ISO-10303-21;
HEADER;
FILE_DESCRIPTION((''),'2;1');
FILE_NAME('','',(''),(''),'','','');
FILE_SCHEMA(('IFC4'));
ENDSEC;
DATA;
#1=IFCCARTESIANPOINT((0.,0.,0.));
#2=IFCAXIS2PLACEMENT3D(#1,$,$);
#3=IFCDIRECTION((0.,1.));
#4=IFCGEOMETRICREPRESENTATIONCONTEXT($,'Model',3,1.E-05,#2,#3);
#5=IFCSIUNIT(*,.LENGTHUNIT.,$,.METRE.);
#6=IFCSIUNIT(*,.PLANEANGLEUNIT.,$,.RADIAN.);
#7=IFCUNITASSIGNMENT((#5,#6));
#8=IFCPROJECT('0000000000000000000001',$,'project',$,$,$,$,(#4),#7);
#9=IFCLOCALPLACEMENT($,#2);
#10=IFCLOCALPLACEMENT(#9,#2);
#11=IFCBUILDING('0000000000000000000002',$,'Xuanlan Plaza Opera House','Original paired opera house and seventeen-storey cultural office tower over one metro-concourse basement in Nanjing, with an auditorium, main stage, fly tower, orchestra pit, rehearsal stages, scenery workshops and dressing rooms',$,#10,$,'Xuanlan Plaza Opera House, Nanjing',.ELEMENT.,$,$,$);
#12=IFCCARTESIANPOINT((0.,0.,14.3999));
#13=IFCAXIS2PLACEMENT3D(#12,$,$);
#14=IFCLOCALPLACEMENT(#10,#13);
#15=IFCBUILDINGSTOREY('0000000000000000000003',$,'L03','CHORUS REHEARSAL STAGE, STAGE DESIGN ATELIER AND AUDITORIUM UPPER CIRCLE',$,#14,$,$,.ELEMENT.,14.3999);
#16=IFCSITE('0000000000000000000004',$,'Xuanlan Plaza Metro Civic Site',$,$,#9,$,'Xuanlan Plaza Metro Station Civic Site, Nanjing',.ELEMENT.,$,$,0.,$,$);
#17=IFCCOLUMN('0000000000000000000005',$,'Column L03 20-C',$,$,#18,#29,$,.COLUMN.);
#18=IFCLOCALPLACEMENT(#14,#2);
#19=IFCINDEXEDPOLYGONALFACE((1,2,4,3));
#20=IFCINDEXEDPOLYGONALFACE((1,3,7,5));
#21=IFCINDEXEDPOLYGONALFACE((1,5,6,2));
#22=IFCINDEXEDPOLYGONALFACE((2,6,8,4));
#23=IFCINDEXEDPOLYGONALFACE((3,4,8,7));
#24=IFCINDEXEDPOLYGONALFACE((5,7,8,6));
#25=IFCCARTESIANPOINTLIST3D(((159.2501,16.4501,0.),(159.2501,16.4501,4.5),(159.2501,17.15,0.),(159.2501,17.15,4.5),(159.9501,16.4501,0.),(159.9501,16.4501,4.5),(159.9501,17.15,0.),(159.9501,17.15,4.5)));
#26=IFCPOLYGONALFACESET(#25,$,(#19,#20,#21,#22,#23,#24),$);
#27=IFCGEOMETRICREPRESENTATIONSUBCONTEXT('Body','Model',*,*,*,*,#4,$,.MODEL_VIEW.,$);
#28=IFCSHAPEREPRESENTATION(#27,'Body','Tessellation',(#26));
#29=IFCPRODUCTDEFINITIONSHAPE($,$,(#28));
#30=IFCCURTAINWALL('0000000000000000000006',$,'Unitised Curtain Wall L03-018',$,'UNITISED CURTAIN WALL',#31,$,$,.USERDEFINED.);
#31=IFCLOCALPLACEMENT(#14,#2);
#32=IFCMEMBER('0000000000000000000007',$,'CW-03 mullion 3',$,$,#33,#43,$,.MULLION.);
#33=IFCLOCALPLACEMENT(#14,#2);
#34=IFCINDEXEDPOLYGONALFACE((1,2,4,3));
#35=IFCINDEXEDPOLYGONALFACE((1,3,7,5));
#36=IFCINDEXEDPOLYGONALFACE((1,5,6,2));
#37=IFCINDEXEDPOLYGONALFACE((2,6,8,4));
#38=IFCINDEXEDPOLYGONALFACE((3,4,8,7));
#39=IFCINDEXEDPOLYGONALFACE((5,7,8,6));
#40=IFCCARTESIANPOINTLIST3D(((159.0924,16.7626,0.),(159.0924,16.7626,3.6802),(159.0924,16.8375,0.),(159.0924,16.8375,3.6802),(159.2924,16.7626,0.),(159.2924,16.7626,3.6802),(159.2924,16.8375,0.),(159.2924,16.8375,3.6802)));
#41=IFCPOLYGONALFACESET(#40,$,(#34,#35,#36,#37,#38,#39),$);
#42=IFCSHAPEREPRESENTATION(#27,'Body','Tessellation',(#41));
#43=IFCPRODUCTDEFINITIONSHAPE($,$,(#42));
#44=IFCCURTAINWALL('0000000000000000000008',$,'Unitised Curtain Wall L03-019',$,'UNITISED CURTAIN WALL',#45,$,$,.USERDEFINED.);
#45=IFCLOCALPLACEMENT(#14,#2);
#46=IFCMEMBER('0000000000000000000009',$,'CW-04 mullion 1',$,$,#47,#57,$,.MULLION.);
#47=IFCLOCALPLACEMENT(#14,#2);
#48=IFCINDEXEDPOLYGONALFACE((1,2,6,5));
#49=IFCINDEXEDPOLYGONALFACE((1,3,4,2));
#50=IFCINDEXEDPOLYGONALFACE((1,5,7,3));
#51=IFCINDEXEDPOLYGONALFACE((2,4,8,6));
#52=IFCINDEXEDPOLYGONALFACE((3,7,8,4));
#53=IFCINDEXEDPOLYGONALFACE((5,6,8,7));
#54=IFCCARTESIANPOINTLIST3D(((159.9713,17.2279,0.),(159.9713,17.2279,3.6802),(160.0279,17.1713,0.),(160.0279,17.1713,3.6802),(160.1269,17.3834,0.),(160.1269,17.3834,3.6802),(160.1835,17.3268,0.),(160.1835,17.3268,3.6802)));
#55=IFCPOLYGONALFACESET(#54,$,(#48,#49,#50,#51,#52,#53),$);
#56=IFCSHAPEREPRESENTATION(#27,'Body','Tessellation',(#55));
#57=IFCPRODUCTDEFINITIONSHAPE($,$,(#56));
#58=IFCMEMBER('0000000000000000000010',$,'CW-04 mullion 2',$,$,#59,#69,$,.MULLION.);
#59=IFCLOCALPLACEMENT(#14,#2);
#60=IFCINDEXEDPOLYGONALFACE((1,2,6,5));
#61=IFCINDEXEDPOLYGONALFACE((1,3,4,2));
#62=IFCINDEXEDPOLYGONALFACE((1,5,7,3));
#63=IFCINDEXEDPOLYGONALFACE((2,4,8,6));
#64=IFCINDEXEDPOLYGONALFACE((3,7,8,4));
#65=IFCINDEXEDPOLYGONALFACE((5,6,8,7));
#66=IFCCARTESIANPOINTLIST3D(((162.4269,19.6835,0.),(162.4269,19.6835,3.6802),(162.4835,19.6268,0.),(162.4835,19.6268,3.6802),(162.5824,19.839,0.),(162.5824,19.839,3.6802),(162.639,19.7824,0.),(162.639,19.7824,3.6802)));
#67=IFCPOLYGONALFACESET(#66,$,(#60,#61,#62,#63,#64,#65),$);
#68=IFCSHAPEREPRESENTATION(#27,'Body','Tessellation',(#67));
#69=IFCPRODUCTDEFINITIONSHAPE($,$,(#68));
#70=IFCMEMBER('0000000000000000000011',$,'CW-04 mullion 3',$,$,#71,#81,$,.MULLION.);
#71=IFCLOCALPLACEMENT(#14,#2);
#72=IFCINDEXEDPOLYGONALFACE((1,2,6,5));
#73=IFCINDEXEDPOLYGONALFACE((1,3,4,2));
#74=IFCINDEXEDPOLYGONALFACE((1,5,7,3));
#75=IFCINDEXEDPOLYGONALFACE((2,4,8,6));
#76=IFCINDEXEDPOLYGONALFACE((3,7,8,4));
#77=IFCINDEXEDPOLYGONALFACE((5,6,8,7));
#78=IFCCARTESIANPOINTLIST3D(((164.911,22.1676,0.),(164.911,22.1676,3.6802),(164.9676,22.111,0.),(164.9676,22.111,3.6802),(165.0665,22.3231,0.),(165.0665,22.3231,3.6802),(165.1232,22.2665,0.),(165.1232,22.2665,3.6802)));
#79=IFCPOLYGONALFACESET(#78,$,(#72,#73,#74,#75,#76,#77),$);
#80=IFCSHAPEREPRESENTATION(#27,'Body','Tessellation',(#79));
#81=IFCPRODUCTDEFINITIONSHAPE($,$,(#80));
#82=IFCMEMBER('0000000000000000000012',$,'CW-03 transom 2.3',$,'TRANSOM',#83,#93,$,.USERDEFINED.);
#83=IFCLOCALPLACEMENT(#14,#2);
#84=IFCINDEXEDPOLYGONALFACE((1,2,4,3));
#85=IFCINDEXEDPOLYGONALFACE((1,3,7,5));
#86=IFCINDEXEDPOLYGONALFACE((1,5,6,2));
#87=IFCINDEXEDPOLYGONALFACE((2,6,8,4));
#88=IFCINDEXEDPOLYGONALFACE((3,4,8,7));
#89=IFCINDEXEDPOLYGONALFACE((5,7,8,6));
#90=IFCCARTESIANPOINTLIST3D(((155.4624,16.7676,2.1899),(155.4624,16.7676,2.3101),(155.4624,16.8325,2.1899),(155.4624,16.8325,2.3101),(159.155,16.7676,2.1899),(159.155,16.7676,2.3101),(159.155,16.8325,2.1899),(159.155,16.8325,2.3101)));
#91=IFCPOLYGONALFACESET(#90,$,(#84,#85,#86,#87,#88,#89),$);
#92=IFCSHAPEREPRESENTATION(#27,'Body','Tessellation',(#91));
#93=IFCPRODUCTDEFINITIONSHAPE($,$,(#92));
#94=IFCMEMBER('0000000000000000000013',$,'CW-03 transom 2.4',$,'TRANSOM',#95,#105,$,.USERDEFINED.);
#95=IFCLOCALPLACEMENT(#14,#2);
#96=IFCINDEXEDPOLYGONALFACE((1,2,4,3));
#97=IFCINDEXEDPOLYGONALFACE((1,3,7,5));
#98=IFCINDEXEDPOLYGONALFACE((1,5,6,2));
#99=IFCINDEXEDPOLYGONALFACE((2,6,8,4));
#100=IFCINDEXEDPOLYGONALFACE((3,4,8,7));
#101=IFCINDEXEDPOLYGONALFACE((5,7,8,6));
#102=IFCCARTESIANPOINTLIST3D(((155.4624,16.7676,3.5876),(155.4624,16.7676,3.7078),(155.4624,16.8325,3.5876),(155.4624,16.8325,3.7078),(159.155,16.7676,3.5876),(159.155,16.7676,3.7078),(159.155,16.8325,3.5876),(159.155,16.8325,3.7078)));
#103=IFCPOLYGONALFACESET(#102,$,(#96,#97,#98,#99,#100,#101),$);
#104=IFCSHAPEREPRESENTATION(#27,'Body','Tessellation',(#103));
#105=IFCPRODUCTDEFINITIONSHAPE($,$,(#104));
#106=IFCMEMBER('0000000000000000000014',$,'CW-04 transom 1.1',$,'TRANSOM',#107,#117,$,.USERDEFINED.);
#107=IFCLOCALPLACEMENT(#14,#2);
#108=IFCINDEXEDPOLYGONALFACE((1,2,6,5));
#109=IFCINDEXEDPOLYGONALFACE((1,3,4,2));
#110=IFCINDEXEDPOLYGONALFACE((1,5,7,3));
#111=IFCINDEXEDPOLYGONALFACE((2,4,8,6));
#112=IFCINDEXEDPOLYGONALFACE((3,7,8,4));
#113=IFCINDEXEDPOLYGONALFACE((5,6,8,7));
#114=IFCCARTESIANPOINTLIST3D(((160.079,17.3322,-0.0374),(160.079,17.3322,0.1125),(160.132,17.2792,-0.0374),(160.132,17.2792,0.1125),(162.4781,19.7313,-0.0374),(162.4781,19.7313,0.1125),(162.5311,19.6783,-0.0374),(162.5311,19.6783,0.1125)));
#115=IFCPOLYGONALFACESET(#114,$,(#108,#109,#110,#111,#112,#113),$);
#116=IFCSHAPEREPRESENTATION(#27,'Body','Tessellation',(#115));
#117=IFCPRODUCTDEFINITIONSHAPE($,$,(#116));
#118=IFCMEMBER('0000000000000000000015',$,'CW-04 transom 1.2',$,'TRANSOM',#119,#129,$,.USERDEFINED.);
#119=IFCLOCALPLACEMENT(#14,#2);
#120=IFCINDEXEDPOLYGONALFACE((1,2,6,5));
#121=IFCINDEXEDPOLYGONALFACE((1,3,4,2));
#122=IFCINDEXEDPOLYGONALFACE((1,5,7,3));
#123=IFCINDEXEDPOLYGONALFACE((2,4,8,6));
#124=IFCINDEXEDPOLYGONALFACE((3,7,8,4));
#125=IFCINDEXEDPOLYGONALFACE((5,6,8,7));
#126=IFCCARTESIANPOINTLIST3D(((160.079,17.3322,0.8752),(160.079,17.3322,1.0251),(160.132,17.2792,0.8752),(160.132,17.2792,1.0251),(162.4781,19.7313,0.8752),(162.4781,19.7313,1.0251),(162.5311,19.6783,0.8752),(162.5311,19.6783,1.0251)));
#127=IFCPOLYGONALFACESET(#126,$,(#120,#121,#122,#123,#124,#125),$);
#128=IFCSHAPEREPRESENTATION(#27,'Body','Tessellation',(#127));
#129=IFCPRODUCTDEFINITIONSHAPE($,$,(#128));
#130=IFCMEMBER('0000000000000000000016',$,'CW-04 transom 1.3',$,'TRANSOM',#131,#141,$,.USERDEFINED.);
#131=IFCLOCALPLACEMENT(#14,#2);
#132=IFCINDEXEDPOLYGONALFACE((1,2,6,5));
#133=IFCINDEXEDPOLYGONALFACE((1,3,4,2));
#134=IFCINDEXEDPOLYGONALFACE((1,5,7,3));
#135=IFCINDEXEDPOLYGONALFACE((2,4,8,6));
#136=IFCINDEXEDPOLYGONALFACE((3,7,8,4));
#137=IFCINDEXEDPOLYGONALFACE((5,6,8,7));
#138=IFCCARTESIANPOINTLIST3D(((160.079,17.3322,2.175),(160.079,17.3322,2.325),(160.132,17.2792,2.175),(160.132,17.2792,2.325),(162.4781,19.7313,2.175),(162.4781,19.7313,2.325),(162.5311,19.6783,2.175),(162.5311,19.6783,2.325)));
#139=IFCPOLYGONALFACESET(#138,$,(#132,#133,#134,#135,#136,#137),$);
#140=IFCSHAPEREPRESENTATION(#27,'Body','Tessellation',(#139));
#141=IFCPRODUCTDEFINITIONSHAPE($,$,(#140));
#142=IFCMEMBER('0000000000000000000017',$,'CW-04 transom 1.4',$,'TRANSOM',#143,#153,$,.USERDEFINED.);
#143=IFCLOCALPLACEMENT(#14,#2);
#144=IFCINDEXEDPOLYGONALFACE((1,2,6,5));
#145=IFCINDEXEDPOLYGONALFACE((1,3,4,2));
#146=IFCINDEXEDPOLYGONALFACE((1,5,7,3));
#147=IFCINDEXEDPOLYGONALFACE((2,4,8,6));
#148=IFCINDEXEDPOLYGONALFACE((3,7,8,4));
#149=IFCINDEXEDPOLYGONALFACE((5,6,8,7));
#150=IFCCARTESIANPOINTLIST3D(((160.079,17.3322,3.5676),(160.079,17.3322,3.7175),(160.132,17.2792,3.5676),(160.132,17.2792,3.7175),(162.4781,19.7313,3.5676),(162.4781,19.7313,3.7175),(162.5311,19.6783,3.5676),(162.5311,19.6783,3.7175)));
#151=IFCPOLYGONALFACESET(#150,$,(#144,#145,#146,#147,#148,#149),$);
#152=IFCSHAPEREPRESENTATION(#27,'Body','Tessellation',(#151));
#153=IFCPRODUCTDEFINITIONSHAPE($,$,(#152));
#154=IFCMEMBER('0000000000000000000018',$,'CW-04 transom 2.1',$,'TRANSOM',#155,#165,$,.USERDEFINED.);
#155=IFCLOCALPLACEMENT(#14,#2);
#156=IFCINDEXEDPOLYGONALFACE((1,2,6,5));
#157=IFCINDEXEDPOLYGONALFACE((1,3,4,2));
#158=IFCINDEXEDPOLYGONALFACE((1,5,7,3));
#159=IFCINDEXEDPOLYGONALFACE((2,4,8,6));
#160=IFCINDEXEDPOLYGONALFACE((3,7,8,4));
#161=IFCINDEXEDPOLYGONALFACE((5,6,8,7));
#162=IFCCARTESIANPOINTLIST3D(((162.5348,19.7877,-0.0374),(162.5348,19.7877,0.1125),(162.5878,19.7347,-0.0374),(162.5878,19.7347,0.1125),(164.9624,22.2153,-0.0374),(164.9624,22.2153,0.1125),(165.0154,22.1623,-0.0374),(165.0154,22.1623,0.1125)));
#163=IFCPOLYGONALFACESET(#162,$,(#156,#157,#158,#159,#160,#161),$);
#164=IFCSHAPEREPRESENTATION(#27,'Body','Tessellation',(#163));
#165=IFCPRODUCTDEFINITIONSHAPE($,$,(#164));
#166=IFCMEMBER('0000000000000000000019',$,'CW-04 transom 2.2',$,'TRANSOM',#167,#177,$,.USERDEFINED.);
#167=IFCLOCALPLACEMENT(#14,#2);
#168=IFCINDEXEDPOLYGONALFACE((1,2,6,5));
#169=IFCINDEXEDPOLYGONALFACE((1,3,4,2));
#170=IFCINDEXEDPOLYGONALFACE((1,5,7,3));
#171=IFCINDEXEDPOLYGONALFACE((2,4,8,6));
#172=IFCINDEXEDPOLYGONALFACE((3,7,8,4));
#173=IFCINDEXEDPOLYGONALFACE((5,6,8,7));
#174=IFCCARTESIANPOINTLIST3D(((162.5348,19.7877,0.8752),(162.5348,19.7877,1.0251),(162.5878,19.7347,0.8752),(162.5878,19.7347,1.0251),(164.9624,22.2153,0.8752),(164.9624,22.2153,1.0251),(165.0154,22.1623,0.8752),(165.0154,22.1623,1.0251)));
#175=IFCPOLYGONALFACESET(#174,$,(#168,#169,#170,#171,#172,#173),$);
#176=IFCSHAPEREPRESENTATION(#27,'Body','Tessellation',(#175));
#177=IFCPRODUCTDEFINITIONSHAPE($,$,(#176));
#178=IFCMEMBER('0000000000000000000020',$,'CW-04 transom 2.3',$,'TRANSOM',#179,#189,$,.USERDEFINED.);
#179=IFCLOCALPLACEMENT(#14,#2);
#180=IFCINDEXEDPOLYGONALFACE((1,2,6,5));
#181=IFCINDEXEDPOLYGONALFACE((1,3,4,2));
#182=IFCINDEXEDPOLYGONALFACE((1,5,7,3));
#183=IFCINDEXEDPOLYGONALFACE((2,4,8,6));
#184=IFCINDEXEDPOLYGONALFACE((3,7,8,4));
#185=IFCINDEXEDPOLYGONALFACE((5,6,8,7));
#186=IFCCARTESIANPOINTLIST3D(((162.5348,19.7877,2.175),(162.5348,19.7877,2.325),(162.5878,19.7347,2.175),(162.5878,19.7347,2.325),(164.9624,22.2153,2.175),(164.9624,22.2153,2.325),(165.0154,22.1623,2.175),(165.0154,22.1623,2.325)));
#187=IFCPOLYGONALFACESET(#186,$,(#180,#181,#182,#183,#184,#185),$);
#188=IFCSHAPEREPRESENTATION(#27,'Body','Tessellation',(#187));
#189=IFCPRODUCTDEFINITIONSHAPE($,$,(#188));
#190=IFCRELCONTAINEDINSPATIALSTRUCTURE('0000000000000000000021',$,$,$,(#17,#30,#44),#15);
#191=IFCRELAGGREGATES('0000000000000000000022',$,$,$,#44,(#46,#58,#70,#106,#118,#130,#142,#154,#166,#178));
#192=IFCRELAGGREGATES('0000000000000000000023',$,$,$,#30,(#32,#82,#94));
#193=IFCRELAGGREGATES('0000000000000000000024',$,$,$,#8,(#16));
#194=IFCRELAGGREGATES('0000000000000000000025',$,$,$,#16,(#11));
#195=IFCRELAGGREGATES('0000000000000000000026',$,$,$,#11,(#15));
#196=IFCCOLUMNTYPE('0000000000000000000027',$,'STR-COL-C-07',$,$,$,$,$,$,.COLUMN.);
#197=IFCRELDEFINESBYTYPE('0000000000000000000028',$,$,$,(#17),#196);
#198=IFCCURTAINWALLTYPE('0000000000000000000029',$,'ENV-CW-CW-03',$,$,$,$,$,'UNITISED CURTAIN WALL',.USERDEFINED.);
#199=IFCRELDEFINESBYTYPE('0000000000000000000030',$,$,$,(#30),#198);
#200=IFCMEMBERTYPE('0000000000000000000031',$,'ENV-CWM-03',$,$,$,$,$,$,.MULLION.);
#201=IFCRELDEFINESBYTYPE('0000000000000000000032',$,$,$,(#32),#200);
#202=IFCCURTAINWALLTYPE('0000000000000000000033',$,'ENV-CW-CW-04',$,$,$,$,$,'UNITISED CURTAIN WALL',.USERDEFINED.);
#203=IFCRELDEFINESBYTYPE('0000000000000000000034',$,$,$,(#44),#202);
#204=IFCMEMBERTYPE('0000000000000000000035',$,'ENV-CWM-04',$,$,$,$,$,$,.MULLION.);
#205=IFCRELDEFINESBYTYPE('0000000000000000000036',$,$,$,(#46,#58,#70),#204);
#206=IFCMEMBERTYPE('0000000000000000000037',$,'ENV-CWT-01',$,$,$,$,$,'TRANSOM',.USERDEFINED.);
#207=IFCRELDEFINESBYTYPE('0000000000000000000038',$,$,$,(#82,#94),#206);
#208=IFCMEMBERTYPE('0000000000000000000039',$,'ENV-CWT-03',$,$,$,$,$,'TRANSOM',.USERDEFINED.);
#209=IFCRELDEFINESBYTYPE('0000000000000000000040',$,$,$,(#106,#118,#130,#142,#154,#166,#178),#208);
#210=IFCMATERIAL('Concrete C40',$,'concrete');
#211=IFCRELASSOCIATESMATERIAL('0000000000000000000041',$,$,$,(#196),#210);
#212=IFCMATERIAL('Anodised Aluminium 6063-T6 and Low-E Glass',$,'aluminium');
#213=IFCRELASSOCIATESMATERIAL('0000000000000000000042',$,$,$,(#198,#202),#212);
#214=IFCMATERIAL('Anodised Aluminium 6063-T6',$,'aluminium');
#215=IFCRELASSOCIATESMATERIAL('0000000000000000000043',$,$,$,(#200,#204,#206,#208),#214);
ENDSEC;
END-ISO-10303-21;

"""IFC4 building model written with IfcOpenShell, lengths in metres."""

from ifc_helpers import new_model, si_unit, direction, frame, origin, origin_2d, place, context, subcontext, project, spatial, rectangle, extrude, material, material_profile, profile_set, type_object, element, aggregate, save


model = new_model("IFC4")

# Units and contexts
model_context = context("Model", 3, precision=1e-05, world=origin(), true_north=direction((0.0, 1.0)))
body_context = subcontext(model_context, "Body", "Model", "MODEL_VIEW")
ifc_project = project(units=[si_unit("LENGTHUNIT", "METRE"), si_unit("PLANEANGLEUNIT", "RADIAN")], contexts=[model_context])

# Site, building, storey
site_placement = place(None, origin())
site = spatial("IfcSite", under=ifc_project, at=site_placement, Name="Xuanlan Plaza Metro Civic Site", LongName="Xuanlan Plaza Metro Station Civic Site, Nanjing", CompositionType="ELEMENT", RefElevation=0.0)
building_placement = place(site_placement, origin())
building = spatial("IfcBuilding", under=site, at=building_placement, Name="Xuanlan Plaza Opera House", Description="Original paired opera house and seventeen-storey cultural office tower over one metro-concourse basement in Nanjing, with an auditorium, main stage, fly tower, orchestra pit, rehearsal stages, scenery workshops and dressing rooms", LongName="Xuanlan Plaza Opera House, Nanjing", CompositionType="ELEMENT")
storey_placement = place(building_placement, frame((0.0, 0.0, 14.3999)))
storey = spatial("IfcBuildingStorey", under=building, at=storey_placement, Name="L03", Description="CHORUS REHEARSAL STAGE, STAGE DESIGN ATELIER AND AUDITORIUM UPPER CIRCLE", CompositionType="ELEMENT", Elevation=14.3999)

# Column
ifc_material_1 = material(Name="Concrete C40", Category="concrete")
ifc_material_profile_1 = material_profile(ifc_material_1, rectangle(XDim=0.7, YDim=0.7, at=origin_2d()), Name="RC-COL 700x700")
ifc_profile_set_1 = profile_set([ifc_material_profile_1], Name="Concrete C40")
column_type = type_object("IfcColumnType", Name="STR-COL-C-07", PredefinedType="COLUMN", material=ifc_profile_set_1)
column_placement = place(storey_placement, frame((159.6001, 16.8, 0.0), z_axis=(0.0, 0.0, 1.0), x_axis=(1.0, 0.0, 0.0)))
element("IfcColumn", 1, at=column_placement, inside=storey, type_object=column_type, Name="Column L03 20-C", PredefinedType="COLUMN", context=body_context, shape_type="SweptSolid", body=[
    extrude(rectangle(XDim=0.7, YDim=0.7, at=origin_2d()), origin(), (0.0, 0.0, 1.0), 4.5),
])

# Curtain wall, member
ifc_material_2 = material(Name="Anodised Aluminium 6063-T6 and Low-E Glass", Category="aluminium")
curtain_wall_type_1 = type_object("IfcCurtainWallType", Name="ENV-CW-CW-03", ElementType="UNITISED CURTAIN WALL", PredefinedType="USERDEFINED", material=ifc_material_2)
curtain_wall_1_placement = place(storey_placement, origin())
curtain_wall_1 = element("IfcCurtainWall", 2, at=curtain_wall_1_placement, inside=storey, type_object=curtain_wall_type_1, Name="Unitised Curtain Wall L03-018", ObjectType="UNITISED CURTAIN WALL", PredefinedType="USERDEFINED")
ifc_material_3 = material(Name="Anodised Aluminium 6063-T6", Category="aluminium")
ifc_material_profile_2 = material_profile(ifc_material_3, rectangle(XDim=0.075, YDim=0.2, at=origin_2d()), Name="ALU-M 75x200")
ifc_profile_set_2 = profile_set([ifc_material_profile_2], Name="Anodised Aluminium 6063-T6")
member_type_1 = type_object("IfcMemberType", Name="ENV-CWM-03", PredefinedType="MULLION", material=ifc_profile_set_2)
member_1_placement = place(storey_placement, frame((159.1924, 16.8, 0.0), z_axis=(0.0, 0.0, 1.0), x_axis=(0.0, 1.0, 0.0)))
member_1 = element("IfcMember", 3, at=member_1_placement, type_object=member_type_1, Name="CW-03 mullion 3", PredefinedType="MULLION", context=body_context, shape_type="SweptSolid", body=[
    extrude(rectangle(XDim=0.075, YDim=0.2, at=origin_2d()), origin(), (0.0, 0.0, 1.0), 3.6802),
])

# Curtain wall, members
curtain_wall_type_2 = type_object("IfcCurtainWallType", Name="ENV-CW-CW-04", ElementType="UNITISED CURTAIN WALL", PredefinedType="USERDEFINED", material=ifc_material_2)
curtain_wall_2_placement = place(storey_placement, origin())
curtain_wall_2 = element("IfcCurtainWall", 4, at=curtain_wall_2_placement, inside=storey, type_object=curtain_wall_type_2, Name="Unitised Curtain Wall L03-019", ObjectType="UNITISED CURTAIN WALL", PredefinedType="USERDEFINED")
ifc_material_profile_3 = material_profile(ifc_material_3, rectangle(XDim=0.0801, YDim=0.22, at=origin_2d()), Name="ALU-M 80x220")
ifc_profile_set_3 = profile_set([ifc_material_profile_3], Name="Anodised Aluminium 6063-T6")
member_type_2 = type_object("IfcMemberType", Name="ENV-CWM-04", PredefinedType="MULLION", material=ifc_profile_set_3)
member_2_placement = place(storey_placement, frame((160.0774, 17.2773, 0.0), z_axis=(0.0, 0.0, 1.0), x_axis=(-0.707107, 0.707107, 0.0)))
member_2 = element("IfcMember", 5, at=member_2_placement, type_object=member_type_2, Name="CW-04 mullion 1", PredefinedType="MULLION", context=body_context, shape_type="SweptSolid", body=[
    extrude(rectangle(XDim=0.0801, YDim=0.22, at=origin_2d()), origin(), (0.0, 0.0, 1.0), 3.6802),
])
member_3_placement = place(storey_placement, frame((162.533, 19.7329, 0.0), z_axis=(0.0, 0.0, 1.0), x_axis=(-0.707107, 0.707107, 0.0)))
member_3 = element("IfcMember", 6, at=member_3_placement, type_object=member_type_2, Name="CW-04 mullion 2", PredefinedType="MULLION", context=body_context, shape_type="SweptSolid", body=[
    extrude(rectangle(XDim=0.0801, YDim=0.22, at=origin_2d()), origin(), (0.0, 0.0, 1.0), 3.6802),
])
member_4_placement = place(storey_placement, frame((165.0171, 22.217, 0.0), z_axis=(0.0, 0.0, 1.0), x_axis=(-0.707107, 0.707107, 0.0)))
member_4 = element("IfcMember", 7, at=member_4_placement, type_object=member_type_2, Name="CW-04 mullion 3", PredefinedType="MULLION", context=body_context, shape_type="SweptSolid", body=[
    extrude(rectangle(XDim=0.0801, YDim=0.22, at=origin_2d()), origin(), (0.0, 0.0, 1.0), 3.6802),
])

# Members
ifc_material_profile_4 = material_profile(ifc_material_3, rectangle(XDim=0.0649, YDim=0.1201, at=origin_2d()), Name="ALU-T 65x120")
ifc_profile_set_4 = profile_set([ifc_material_profile_4], Name="Anodised Aluminium 6063-T6")
member_type_3 = type_object("IfcMemberType", Name="ENV-CWT-01", ElementType="TRANSOM", PredefinedType="USERDEFINED", material=ifc_profile_set_4)
member_5_placement = place(storey_placement, frame((155.4624, 16.8, 2.25), z_axis=(1.0, 0.0, 0.0), x_axis=(0.0, 1.0, 0.0)))
member_5 = element("IfcMember", 8, at=member_5_placement, type_object=member_type_3, Name="CW-03 transom 2.3", ObjectType="TRANSOM", PredefinedType="USERDEFINED", context=body_context, shape_type="SweptSolid", body=[
    extrude(rectangle(XDim=0.0649, YDim=0.1201, at=origin_2d()), origin(), (0.0, 0.0, 1.0), 3.6926),
])
member_6_placement = place(storey_placement, frame((155.4624, 16.8, 3.6477), z_axis=(1.0, 0.0, 0.0), x_axis=(0.0, 1.0, 0.0)))
member_6 = element("IfcMember", 9, at=member_6_placement, type_object=member_type_3, Name="CW-03 transom 2.4", ObjectType="TRANSOM", PredefinedType="USERDEFINED", context=body_context, shape_type="SweptSolid", body=[
    extrude(rectangle(XDim=0.0649, YDim=0.1201, at=origin_2d()), origin(), (0.0, 0.0, 1.0), 3.6926),
])
ifc_material_profile_5 = material_profile(ifc_material_3, rectangle(XDim=0.075, YDim=0.1499, at=origin_2d()), Name="ALU-T 75x150")
ifc_profile_set_5 = profile_set([ifc_material_profile_5], Name="Anodised Aluminium 6063-T6")
member_type_4 = type_object("IfcMemberType", Name="ENV-CWT-03", ElementType="TRANSOM", PredefinedType="USERDEFINED", material=ifc_profile_set_5)
member_7_placement = place(storey_placement, frame((160.1055, 17.3057, 0.0376), z_axis=(0.707107, 0.707107, 0.0), x_axis=(-0.707107, 0.707107, 0.0)))
member_7 = element("IfcMember", 10, at=member_7_placement, type_object=member_type_4, Name="CW-04 transom 1.1", ObjectType="TRANSOM", PredefinedType="USERDEFINED", context=body_context, shape_type="SweptSolid", body=[
    extrude(rectangle(XDim=0.075, YDim=0.1499, at=origin_2d()), origin(), (0.0, 0.0, 1.0), 3.3928),
])
member_8_placement = place(storey_placement, frame((160.1055, 17.3057, 0.9502), z_axis=(0.707107, 0.707107, 0.0), x_axis=(-0.707107, 0.707107, 0.0)))
member_8 = element("IfcMember", 11, at=member_8_placement, type_object=member_type_4, Name="CW-04 transom 1.2", ObjectType="TRANSOM", PredefinedType="USERDEFINED", context=body_context, shape_type="SweptSolid", body=[
    extrude(rectangle(XDim=0.075, YDim=0.1499, at=origin_2d()), origin(), (0.0, 0.0, 1.0), 3.3928),
])
member_9_placement = place(storey_placement, frame((160.1055, 17.3057, 2.25), z_axis=(0.707107, 0.707107, 0.0), x_axis=(-0.707107, 0.707107, 0.0)))
member_9 = element("IfcMember", 12, at=member_9_placement, type_object=member_type_4, Name="CW-04 transom 1.3", ObjectType="TRANSOM", PredefinedType="USERDEFINED", context=body_context, shape_type="SweptSolid", body=[
    extrude(rectangle(XDim=0.075, YDim=0.1499, at=origin_2d()), origin(), (0.0, 0.0, 1.0), 3.3928),
])
member_10_placement = place(storey_placement, frame((160.1055, 17.3057, 3.6426), z_axis=(0.707107, 0.707107, 0.0), x_axis=(-0.707107, 0.707107, 0.0)))
member_10 = element("IfcMember", 13, at=member_10_placement, type_object=member_type_4, Name="CW-04 transom 1.4", ObjectType="TRANSOM", PredefinedType="USERDEFINED", context=body_context, shape_type="SweptSolid", body=[
    extrude(rectangle(XDim=0.075, YDim=0.1499, at=origin_2d()), origin(), (0.0, 0.0, 1.0), 3.3928),
])
member_11_placement = place(storey_placement, frame((162.5613, 19.7612, 0.0376), z_axis=(0.707107, 0.707107, 0.0), x_axis=(-0.707107, 0.707107, 0.0)))
member_11 = element("IfcMember", 14, at=member_11_placement, type_object=member_type_4, Name="CW-04 transom 2.1", ObjectType="TRANSOM", PredefinedType="USERDEFINED", context=body_context, shape_type="SweptSolid", body=[
    extrude(rectangle(XDim=0.075, YDim=0.1499, at=origin_2d()), origin(), (0.0, 0.0, 1.0), 3.4331),
])
member_12_placement = place(storey_placement, frame((162.5613, 19.7612, 0.9502), z_axis=(0.707107, 0.707107, 0.0), x_axis=(-0.707107, 0.707107, 0.0)))
member_12 = element("IfcMember", 15, at=member_12_placement, type_object=member_type_4, Name="CW-04 transom 2.2", ObjectType="TRANSOM", PredefinedType="USERDEFINED", context=body_context, shape_type="SweptSolid", body=[
    extrude(rectangle(XDim=0.075, YDim=0.1499, at=origin_2d()), origin(), (0.0, 0.0, 1.0), 3.4331),
])
member_13_placement = place(storey_placement, frame((162.5613, 19.7612, 2.25), z_axis=(0.707107, 0.707107, 0.0), x_axis=(-0.707107, 0.707107, 0.0)))
member_13 = element("IfcMember", 16, at=member_13_placement, type_object=member_type_4, Name="CW-04 transom 2.3", ObjectType="TRANSOM", PredefinedType="USERDEFINED", context=body_context, shape_type="SweptSolid", body=[
    extrude(rectangle(XDim=0.075, YDim=0.1499, at=origin_2d()), origin(), (0.0, 0.0, 1.0), 3.4331),
])

aggregate(curtain_wall_2, [member_2, member_3, member_4, member_7, member_8, member_9, member_10, member_11, member_12, member_13])
aggregate(curtain_wall_1, [member_1, member_5, member_6])

save(model, "model.ifc")
